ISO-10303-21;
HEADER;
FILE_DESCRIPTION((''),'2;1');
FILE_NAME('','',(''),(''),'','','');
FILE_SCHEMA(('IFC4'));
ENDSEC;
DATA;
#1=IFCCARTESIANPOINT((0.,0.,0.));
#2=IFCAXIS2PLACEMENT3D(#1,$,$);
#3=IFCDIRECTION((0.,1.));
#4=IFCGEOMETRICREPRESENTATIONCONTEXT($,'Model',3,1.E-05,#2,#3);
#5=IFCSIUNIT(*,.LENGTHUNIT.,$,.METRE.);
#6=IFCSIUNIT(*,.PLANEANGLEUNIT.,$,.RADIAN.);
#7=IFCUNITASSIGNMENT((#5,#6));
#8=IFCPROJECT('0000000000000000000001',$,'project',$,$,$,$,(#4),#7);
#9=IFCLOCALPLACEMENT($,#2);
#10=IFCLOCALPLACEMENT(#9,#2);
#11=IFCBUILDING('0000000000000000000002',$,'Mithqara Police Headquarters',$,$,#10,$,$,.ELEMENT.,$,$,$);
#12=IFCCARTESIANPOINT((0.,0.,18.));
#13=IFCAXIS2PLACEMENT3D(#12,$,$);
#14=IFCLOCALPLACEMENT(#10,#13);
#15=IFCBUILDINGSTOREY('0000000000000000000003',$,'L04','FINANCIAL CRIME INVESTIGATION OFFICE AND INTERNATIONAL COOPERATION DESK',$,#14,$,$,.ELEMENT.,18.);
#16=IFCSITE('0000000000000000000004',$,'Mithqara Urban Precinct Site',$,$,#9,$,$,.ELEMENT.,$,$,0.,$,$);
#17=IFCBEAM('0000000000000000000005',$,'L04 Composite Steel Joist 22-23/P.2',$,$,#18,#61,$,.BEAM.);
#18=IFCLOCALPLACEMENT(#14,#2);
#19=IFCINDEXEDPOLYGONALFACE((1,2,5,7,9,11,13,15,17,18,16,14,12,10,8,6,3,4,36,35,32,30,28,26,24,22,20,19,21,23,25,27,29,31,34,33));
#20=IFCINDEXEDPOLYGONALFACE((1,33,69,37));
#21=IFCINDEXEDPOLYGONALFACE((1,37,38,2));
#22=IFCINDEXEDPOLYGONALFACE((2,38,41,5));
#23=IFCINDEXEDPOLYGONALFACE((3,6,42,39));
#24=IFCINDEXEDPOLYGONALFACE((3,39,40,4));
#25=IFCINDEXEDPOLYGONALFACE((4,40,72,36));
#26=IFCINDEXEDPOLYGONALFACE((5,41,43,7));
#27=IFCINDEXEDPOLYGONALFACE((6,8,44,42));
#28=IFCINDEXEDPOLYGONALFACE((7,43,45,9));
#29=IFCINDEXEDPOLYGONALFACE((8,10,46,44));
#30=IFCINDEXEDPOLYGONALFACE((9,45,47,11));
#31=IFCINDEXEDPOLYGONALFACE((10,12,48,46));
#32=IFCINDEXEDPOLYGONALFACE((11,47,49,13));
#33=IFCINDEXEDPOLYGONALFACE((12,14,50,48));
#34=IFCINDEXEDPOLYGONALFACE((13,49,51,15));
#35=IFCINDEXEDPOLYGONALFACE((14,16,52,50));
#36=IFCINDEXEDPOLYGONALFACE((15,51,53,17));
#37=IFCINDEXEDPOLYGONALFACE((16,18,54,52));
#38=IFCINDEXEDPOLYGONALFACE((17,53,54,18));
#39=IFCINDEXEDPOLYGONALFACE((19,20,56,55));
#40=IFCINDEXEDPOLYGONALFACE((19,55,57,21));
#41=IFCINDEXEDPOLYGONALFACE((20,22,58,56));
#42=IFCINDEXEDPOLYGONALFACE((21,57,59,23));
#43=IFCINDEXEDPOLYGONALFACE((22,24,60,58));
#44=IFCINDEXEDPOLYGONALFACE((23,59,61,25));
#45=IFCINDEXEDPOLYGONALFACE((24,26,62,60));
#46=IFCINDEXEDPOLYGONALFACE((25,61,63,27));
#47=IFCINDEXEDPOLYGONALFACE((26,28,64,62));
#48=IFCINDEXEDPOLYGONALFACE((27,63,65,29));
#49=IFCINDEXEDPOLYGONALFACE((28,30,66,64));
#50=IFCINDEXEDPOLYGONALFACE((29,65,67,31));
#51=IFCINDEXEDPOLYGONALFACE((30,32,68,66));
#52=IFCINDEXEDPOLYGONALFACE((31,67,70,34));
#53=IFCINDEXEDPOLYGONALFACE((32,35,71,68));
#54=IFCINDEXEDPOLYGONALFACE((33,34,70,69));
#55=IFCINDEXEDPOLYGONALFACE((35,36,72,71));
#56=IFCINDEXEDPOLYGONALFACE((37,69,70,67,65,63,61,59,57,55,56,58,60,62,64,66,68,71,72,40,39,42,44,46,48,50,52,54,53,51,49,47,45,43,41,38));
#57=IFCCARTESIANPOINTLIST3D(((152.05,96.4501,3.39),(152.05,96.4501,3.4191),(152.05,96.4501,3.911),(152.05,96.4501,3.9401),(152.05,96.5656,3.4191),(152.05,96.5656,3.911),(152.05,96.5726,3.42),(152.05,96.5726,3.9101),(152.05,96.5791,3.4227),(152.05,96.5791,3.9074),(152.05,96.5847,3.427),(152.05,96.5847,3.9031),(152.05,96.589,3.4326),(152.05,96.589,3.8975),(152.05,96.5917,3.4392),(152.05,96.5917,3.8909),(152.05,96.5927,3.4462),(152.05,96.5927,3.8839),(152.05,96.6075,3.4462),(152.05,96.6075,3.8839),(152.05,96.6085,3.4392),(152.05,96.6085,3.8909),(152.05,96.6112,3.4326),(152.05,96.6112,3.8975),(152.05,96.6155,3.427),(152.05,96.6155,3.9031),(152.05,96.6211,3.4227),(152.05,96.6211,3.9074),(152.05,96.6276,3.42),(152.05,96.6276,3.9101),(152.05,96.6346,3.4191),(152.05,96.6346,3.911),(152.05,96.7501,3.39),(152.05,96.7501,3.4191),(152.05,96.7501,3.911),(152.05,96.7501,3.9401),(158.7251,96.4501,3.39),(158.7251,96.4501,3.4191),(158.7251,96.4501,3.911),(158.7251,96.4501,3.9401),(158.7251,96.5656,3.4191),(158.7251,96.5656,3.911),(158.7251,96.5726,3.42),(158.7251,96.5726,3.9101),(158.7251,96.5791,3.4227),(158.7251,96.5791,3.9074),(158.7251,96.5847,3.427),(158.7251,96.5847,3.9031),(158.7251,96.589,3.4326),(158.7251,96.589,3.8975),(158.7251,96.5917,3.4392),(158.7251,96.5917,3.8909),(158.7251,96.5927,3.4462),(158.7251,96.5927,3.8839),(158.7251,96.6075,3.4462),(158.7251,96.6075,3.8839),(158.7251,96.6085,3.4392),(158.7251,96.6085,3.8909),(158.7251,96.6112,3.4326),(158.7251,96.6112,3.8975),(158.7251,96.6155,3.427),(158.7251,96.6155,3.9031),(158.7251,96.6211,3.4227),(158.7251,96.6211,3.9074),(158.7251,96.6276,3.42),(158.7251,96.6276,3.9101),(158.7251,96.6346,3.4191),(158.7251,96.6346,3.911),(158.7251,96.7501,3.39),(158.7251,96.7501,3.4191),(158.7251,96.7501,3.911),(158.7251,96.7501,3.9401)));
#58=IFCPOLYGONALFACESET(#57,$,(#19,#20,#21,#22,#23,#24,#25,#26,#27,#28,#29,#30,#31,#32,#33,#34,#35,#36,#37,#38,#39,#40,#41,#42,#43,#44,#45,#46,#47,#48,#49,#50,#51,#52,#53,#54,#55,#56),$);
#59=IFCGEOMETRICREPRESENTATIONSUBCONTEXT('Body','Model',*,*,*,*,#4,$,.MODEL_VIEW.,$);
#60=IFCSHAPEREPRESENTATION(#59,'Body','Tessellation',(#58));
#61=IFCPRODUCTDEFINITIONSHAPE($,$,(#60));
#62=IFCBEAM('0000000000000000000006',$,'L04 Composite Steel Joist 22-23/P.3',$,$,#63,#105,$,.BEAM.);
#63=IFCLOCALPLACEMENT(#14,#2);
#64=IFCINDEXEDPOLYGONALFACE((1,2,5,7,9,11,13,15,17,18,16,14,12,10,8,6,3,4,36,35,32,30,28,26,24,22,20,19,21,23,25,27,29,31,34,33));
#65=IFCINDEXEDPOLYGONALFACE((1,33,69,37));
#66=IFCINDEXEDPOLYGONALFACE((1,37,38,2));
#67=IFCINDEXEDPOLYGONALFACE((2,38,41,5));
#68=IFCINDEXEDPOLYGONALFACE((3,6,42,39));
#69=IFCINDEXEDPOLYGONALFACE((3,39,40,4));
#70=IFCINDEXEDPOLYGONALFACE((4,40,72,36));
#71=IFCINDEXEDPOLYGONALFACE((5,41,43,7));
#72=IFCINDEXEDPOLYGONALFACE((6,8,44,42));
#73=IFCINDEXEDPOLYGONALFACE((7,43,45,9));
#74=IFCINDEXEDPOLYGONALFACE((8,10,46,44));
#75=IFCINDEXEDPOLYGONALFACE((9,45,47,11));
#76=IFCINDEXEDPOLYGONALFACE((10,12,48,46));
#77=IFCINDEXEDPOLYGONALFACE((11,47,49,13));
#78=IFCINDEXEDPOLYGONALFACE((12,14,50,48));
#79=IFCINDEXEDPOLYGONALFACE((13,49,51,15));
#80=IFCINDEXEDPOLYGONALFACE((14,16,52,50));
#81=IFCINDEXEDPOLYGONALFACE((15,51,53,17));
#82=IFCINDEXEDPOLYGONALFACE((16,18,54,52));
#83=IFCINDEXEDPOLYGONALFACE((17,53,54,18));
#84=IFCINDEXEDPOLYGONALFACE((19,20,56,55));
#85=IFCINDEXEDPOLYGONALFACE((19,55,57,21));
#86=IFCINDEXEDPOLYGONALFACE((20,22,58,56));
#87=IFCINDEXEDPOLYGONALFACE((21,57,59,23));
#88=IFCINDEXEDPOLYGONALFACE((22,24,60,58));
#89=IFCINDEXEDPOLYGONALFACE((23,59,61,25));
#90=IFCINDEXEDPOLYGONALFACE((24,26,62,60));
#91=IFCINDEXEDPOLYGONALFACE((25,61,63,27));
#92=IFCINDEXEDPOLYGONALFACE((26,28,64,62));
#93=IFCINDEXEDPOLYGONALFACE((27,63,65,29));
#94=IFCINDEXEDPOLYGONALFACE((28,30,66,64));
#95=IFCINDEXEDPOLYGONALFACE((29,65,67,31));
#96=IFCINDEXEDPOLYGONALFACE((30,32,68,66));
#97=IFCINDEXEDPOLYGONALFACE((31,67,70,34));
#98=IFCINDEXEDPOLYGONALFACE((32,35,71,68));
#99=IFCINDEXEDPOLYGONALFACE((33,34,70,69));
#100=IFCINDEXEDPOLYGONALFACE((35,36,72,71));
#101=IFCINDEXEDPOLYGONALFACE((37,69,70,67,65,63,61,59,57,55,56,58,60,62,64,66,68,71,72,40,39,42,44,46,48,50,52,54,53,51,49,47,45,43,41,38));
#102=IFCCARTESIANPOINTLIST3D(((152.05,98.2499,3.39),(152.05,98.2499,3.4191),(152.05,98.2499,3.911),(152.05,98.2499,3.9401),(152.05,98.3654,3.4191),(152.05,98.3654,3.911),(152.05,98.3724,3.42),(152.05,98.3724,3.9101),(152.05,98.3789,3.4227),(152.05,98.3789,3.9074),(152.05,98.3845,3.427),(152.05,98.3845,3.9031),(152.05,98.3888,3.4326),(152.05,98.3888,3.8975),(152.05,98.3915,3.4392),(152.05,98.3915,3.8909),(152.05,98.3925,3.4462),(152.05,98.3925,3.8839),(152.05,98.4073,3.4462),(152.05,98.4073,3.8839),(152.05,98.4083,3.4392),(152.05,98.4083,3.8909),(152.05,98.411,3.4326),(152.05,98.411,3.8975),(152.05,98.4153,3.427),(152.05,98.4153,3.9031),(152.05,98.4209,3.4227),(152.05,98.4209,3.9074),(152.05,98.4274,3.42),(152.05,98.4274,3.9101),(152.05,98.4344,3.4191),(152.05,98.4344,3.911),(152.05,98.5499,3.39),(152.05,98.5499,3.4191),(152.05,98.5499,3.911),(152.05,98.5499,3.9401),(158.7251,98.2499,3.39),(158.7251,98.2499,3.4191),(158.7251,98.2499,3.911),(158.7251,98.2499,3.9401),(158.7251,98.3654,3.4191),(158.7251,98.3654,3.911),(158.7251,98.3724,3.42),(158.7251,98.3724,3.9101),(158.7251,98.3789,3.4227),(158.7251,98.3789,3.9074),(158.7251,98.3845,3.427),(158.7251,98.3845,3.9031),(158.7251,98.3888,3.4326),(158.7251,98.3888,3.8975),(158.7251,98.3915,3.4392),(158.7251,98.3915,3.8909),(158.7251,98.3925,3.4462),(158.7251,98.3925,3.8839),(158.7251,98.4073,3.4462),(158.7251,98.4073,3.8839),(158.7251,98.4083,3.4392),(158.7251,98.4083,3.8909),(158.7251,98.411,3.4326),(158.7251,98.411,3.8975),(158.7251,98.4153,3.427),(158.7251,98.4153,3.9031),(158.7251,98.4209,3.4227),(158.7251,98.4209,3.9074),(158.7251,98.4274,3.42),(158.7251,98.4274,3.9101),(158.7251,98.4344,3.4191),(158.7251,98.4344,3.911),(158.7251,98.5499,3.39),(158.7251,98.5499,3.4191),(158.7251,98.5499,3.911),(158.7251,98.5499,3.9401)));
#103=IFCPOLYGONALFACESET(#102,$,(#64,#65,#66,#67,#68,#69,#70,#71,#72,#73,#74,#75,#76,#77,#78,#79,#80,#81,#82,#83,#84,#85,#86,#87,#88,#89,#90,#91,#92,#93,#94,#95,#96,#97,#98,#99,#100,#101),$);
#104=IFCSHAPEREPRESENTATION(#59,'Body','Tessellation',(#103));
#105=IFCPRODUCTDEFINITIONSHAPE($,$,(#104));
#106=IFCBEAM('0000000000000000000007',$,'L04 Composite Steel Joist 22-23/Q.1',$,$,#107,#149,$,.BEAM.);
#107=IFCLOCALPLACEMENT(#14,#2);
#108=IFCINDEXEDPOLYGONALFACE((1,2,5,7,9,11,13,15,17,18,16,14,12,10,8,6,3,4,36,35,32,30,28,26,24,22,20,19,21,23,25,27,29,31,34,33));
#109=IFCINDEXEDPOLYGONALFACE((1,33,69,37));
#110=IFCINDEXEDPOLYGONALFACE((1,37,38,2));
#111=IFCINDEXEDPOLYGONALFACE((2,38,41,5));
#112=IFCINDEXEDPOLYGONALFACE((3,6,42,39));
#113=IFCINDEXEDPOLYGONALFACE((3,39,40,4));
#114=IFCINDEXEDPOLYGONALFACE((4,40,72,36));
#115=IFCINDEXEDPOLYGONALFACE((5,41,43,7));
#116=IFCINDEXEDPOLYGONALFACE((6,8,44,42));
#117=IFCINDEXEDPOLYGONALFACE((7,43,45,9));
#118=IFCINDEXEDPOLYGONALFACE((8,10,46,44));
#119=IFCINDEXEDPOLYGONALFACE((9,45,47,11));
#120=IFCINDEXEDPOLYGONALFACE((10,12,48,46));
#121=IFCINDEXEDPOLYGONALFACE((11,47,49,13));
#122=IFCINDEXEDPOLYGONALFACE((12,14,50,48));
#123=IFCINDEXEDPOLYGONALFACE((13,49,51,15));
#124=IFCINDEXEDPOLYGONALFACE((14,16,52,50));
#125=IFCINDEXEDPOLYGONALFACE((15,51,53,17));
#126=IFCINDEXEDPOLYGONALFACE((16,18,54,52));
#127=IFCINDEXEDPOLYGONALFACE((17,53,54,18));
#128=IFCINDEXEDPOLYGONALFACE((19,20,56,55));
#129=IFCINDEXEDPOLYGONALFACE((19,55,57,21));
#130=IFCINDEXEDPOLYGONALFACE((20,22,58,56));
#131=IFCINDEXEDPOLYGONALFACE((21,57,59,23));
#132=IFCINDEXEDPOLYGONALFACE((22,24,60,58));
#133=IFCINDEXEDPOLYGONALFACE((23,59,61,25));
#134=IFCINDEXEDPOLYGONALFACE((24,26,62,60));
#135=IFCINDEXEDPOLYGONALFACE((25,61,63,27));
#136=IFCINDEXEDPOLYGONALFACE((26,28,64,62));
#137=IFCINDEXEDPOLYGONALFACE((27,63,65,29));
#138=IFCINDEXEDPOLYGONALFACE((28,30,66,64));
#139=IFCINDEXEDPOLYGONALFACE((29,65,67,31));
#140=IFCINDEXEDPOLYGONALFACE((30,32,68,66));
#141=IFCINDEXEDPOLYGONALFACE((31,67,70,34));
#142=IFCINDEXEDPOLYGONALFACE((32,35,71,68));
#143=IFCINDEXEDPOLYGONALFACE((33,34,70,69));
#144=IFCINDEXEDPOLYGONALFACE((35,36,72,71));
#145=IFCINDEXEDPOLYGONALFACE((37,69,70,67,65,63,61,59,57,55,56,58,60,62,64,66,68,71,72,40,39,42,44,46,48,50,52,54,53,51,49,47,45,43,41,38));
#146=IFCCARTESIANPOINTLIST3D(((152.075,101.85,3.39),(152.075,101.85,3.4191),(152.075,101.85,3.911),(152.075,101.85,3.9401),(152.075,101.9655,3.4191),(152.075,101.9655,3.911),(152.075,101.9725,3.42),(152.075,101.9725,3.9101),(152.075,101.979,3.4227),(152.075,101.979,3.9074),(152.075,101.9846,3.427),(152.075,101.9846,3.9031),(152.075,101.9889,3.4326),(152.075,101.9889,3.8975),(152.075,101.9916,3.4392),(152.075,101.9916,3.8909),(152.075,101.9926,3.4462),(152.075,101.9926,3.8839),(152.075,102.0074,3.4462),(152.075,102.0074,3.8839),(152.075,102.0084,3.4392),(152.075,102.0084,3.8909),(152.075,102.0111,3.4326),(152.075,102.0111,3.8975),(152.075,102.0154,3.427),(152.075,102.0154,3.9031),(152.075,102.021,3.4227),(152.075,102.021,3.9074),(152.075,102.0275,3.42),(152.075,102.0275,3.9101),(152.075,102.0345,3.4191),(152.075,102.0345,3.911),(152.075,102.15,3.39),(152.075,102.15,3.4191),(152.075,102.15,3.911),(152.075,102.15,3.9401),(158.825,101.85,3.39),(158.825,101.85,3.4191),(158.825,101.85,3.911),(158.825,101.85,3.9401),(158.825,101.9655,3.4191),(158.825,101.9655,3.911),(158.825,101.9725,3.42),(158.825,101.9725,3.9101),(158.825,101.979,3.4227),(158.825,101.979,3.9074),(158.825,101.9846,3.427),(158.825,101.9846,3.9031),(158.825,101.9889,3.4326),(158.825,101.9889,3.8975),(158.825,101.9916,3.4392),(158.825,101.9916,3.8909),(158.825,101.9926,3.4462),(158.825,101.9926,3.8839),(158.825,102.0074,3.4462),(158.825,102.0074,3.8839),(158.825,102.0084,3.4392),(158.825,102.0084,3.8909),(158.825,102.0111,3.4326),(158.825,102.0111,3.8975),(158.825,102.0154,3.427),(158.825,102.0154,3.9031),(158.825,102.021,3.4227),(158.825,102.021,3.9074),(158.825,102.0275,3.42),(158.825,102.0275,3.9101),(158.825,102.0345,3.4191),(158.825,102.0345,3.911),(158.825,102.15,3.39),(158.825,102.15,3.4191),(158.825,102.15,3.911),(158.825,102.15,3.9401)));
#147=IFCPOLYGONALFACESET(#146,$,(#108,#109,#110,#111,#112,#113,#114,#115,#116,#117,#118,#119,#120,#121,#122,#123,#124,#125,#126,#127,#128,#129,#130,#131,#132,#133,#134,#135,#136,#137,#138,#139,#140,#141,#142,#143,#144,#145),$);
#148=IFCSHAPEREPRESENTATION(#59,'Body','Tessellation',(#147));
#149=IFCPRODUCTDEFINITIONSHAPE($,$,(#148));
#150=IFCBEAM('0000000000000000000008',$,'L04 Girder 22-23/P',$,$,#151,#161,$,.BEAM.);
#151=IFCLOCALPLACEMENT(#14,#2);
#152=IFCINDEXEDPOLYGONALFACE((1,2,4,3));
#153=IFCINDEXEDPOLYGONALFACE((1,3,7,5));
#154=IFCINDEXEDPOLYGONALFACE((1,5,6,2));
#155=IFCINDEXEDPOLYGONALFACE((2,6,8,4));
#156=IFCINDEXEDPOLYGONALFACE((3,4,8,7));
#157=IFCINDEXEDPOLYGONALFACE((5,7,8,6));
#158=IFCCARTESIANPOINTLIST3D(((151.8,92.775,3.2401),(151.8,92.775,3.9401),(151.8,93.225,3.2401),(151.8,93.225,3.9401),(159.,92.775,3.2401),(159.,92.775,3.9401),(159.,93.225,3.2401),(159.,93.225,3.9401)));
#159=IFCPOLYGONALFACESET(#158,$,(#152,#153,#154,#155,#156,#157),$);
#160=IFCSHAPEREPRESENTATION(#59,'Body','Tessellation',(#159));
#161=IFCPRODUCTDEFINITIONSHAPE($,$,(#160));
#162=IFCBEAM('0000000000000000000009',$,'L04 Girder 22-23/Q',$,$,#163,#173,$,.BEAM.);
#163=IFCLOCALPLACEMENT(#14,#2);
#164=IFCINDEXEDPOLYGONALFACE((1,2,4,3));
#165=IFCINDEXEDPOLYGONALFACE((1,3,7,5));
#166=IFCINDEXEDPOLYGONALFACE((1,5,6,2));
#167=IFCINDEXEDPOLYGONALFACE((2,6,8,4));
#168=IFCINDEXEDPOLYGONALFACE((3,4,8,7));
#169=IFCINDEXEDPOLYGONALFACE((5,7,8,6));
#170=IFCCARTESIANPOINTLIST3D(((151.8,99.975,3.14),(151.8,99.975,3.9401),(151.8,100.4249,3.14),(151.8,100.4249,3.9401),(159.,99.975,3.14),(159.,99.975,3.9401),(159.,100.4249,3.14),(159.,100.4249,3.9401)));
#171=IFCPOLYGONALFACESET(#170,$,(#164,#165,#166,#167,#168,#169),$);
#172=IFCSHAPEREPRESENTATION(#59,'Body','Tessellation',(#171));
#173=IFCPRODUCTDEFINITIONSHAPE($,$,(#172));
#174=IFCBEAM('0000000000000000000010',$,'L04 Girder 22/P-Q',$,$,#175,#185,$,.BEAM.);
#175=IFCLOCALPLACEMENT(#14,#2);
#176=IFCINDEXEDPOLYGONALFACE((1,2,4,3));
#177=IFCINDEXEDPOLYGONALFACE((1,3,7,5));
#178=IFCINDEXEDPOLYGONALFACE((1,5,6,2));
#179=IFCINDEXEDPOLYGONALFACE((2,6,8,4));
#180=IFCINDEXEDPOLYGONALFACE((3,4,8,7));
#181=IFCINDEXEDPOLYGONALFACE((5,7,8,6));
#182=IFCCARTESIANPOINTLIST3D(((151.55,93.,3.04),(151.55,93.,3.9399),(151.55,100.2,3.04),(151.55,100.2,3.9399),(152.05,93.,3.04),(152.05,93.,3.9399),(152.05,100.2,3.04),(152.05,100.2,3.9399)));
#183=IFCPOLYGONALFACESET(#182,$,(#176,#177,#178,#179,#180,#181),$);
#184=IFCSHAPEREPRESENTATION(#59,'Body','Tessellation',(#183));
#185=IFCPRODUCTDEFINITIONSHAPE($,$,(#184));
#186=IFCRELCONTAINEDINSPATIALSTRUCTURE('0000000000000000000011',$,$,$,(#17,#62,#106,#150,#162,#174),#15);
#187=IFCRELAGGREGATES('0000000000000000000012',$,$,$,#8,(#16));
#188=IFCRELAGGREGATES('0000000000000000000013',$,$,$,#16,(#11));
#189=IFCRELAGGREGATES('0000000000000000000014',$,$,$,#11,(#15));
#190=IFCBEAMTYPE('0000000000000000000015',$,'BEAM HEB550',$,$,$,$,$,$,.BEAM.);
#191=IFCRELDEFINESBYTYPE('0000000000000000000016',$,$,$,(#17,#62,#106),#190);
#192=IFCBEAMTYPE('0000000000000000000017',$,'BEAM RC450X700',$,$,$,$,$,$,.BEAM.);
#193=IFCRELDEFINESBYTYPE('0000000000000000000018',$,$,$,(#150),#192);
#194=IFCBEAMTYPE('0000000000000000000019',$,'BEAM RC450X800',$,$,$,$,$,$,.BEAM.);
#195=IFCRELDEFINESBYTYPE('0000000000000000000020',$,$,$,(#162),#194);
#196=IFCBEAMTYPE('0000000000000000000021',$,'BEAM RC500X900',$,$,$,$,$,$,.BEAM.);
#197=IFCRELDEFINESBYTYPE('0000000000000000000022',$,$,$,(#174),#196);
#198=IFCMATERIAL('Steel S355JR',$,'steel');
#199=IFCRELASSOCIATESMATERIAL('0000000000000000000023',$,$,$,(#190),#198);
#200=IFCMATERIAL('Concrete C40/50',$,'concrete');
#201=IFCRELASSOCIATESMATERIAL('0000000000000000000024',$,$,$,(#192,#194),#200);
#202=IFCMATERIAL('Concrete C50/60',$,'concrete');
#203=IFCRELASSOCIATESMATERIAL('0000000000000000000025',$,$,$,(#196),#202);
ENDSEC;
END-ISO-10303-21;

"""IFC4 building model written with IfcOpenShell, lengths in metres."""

from ifc_helpers import new_model, si_unit, direction, frame, origin, origin_2d, place, context, subcontext, project, spatial, rectangle, i_section, extrude, material, material_profile, profile_set, type_object, element, save


model = new_model("IFC4")

# Units and contexts
model_context = context("Model", 3, precision=1e-05, world=origin(), true_north=direction((0.0, 1.0)))
body_context = subcontext(model_context, "Body", "Model", "MODEL_VIEW")
ifc_project = project(units=[si_unit("LENGTHUNIT", "METRE"), si_unit("PLANEANGLEUNIT", "RADIAN")], contexts=[model_context])

# Site, building, storey
site_placement = place(None, origin())
site = spatial("IfcSite", under=ifc_project, at=site_placement, Name="Mithqara Urban Precinct Site", CompositionType="ELEMENT", RefElevation=0.0)
building_placement = place(site_placement, origin())
building = spatial("IfcBuilding", under=site, at=building_placement, Name="Mithqara Police Headquarters", CompositionType="ELEMENT")
storey_placement = place(building_placement, frame((0.0, 0.0, 18.0)))
storey = spatial("IfcBuildingStorey", under=building, at=storey_placement, Name="L04", Description="FINANCIAL CRIME INVESTIGATION OFFICE AND INTERNATIONAL COOPERATION DESK", CompositionType="ELEMENT", Elevation=18.0)

# Shared definitions
ifc_material_1 = material(Name="Concrete C50/60", Category="concrete")

# Beams
ifc_material_2 = material(Name="Steel S355JR", Category="steel")
ifc_material_profile_1 = material_profile(ifc_material_2, i_section(OverallWidth=0.3, OverallDepth=0.55, WebThickness=0.0149, FlangeThickness=0.0291, FilletRadius=0.0271, at=origin_2d()), Name="HEB 550")
ifc_profile_set_1 = profile_set([ifc_material_profile_1], Name="Steel S355JR")
beam_type_1 = type_object("IfcBeamType", Name="BEAM HEB550", PredefinedType="BEAM", material=ifc_profile_set_1)
for number, where, z_axis, x_axis, name in (
    (1, (152.05, 96.6001, 3.665), (1.0, 0.0, 0.0), (0.0, 1.0, 0.0), "L04 Composite Steel Joist 22-23/P.2"),
    (2, (152.05, 98.3999, 3.665), (1.0, 0.0, 0.0), (0.0, 1.0, 0.0), "L04 Composite Steel Joist 22-23/P.3"),
):
    element("IfcBeam", number, at=place(storey_placement, frame(where, z_axis=z_axis, x_axis=x_axis)), inside=storey, type_object=beam_type_1, Name=name, PredefinedType="BEAM", context=body_context, shape_type="SweptSolid", body=[
        extrude(i_section(OverallWidth=0.3, OverallDepth=0.55, WebThickness=0.0149, FlangeThickness=0.0291, FilletRadius=0.0271, at=origin_2d()), origin(), (0.0, 0.0, 1.0), 6.675),
    ])
beam_1_placement = place(storey_placement, frame((152.075, 102.0, 3.665), z_axis=(1.0, 0.0, 0.0), x_axis=(0.0, 1.0, 0.0)))
element("IfcBeam", 3, at=beam_1_placement, inside=storey, type_object=beam_type_1, Name="L04 Composite Steel Joist 22-23/Q.1", PredefinedType="BEAM", context=body_context, shape_type="SweptSolid", body=[
    extrude(i_section(OverallWidth=0.3, OverallDepth=0.55, WebThickness=0.0149, FlangeThickness=0.0291, FilletRadius=0.0271, at=origin_2d()), origin(), (0.0, 0.0, 1.0), 6.75),
])
ifc_material_3 = material(Name="Concrete C40/50", Category="concrete")
ifc_material_profile_2 = material_profile(ifc_material_3, rectangle(XDim=0.45, YDim=0.7, at=origin_2d()), Name="RC 450x700")
ifc_profile_set_2 = profile_set([ifc_material_profile_2], Name="Concrete C40/50")
beam_type_2 = type_object("IfcBeamType", Name="BEAM RC450X700", PredefinedType="BEAM", material=ifc_profile_set_2)
beam_2_placement = place(storey_placement, frame((151.8, 93.0, 3.5901), z_axis=(1.0, 0.0, 0.0), x_axis=(0.0, 1.0, 0.0)))
element("IfcBeam", 4, at=beam_2_placement, inside=storey, type_object=beam_type_2, Name="L04 Girder 22-23/P", PredefinedType="BEAM", context=body_context, shape_type="SweptSolid", body=[
    extrude(rectangle(XDim=0.45, YDim=0.7, at=origin_2d()), origin(), (0.0, 0.0, 1.0), 7.2),
])
ifc_material_profile_3 = material_profile(ifc_material_3, rectangle(XDim=0.45, YDim=0.8, at=origin_2d()), Name="RC 450x800")
ifc_profile_set_3 = profile_set([ifc_material_profile_3], Name="Concrete C40/50")
beam_type_3 = type_object("IfcBeamType", Name="BEAM RC450X800", PredefinedType="BEAM", material=ifc_profile_set_3)
beam_3_placement = place(storey_placement, frame((151.8, 100.2, 3.54), z_axis=(1.0, 0.0, 0.0), x_axis=(0.0, 1.0, 0.0)))
element("IfcBeam", 5, at=beam_3_placement, inside=storey, type_object=beam_type_3, Name="L04 Girder 22-23/Q", PredefinedType="BEAM", context=body_context, shape_type="SweptSolid", body=[
    extrude(rectangle(XDim=0.45, YDim=0.8, at=origin_2d()), origin(), (0.0, 0.0, 1.0), 7.2),
])
ifc_material_profile_4 = material_profile(ifc_material_1, rectangle(XDim=0.5, YDim=0.8999, at=origin_2d()), Name="RC 500x900")
ifc_profile_set_4 = profile_set([ifc_material_profile_4], Name="Concrete C50/60")
beam_type_4 = type_object("IfcBeamType", Name="BEAM RC500X900", PredefinedType="BEAM", material=ifc_profile_set_4)
beam_4_placement = place(storey_placement, frame((151.8, 93.0, 3.49), z_axis=(0.0, 1.0, 0.0), x_axis=(-1.0, 0.0, 0.0)))
element("IfcBeam", 6, at=beam_4_placement, inside=storey, type_object=beam_type_4, Name="L04 Girder 22/P-Q", PredefinedType="BEAM", context=body_context, shape_type="SweptSolid", body=[
    extrude(rectangle(XDim=0.5, YDim=0.8999, at=origin_2d()), origin(), (0.0, 0.0, 1.0), 7.2),
])

save(model, "model.ifc")
